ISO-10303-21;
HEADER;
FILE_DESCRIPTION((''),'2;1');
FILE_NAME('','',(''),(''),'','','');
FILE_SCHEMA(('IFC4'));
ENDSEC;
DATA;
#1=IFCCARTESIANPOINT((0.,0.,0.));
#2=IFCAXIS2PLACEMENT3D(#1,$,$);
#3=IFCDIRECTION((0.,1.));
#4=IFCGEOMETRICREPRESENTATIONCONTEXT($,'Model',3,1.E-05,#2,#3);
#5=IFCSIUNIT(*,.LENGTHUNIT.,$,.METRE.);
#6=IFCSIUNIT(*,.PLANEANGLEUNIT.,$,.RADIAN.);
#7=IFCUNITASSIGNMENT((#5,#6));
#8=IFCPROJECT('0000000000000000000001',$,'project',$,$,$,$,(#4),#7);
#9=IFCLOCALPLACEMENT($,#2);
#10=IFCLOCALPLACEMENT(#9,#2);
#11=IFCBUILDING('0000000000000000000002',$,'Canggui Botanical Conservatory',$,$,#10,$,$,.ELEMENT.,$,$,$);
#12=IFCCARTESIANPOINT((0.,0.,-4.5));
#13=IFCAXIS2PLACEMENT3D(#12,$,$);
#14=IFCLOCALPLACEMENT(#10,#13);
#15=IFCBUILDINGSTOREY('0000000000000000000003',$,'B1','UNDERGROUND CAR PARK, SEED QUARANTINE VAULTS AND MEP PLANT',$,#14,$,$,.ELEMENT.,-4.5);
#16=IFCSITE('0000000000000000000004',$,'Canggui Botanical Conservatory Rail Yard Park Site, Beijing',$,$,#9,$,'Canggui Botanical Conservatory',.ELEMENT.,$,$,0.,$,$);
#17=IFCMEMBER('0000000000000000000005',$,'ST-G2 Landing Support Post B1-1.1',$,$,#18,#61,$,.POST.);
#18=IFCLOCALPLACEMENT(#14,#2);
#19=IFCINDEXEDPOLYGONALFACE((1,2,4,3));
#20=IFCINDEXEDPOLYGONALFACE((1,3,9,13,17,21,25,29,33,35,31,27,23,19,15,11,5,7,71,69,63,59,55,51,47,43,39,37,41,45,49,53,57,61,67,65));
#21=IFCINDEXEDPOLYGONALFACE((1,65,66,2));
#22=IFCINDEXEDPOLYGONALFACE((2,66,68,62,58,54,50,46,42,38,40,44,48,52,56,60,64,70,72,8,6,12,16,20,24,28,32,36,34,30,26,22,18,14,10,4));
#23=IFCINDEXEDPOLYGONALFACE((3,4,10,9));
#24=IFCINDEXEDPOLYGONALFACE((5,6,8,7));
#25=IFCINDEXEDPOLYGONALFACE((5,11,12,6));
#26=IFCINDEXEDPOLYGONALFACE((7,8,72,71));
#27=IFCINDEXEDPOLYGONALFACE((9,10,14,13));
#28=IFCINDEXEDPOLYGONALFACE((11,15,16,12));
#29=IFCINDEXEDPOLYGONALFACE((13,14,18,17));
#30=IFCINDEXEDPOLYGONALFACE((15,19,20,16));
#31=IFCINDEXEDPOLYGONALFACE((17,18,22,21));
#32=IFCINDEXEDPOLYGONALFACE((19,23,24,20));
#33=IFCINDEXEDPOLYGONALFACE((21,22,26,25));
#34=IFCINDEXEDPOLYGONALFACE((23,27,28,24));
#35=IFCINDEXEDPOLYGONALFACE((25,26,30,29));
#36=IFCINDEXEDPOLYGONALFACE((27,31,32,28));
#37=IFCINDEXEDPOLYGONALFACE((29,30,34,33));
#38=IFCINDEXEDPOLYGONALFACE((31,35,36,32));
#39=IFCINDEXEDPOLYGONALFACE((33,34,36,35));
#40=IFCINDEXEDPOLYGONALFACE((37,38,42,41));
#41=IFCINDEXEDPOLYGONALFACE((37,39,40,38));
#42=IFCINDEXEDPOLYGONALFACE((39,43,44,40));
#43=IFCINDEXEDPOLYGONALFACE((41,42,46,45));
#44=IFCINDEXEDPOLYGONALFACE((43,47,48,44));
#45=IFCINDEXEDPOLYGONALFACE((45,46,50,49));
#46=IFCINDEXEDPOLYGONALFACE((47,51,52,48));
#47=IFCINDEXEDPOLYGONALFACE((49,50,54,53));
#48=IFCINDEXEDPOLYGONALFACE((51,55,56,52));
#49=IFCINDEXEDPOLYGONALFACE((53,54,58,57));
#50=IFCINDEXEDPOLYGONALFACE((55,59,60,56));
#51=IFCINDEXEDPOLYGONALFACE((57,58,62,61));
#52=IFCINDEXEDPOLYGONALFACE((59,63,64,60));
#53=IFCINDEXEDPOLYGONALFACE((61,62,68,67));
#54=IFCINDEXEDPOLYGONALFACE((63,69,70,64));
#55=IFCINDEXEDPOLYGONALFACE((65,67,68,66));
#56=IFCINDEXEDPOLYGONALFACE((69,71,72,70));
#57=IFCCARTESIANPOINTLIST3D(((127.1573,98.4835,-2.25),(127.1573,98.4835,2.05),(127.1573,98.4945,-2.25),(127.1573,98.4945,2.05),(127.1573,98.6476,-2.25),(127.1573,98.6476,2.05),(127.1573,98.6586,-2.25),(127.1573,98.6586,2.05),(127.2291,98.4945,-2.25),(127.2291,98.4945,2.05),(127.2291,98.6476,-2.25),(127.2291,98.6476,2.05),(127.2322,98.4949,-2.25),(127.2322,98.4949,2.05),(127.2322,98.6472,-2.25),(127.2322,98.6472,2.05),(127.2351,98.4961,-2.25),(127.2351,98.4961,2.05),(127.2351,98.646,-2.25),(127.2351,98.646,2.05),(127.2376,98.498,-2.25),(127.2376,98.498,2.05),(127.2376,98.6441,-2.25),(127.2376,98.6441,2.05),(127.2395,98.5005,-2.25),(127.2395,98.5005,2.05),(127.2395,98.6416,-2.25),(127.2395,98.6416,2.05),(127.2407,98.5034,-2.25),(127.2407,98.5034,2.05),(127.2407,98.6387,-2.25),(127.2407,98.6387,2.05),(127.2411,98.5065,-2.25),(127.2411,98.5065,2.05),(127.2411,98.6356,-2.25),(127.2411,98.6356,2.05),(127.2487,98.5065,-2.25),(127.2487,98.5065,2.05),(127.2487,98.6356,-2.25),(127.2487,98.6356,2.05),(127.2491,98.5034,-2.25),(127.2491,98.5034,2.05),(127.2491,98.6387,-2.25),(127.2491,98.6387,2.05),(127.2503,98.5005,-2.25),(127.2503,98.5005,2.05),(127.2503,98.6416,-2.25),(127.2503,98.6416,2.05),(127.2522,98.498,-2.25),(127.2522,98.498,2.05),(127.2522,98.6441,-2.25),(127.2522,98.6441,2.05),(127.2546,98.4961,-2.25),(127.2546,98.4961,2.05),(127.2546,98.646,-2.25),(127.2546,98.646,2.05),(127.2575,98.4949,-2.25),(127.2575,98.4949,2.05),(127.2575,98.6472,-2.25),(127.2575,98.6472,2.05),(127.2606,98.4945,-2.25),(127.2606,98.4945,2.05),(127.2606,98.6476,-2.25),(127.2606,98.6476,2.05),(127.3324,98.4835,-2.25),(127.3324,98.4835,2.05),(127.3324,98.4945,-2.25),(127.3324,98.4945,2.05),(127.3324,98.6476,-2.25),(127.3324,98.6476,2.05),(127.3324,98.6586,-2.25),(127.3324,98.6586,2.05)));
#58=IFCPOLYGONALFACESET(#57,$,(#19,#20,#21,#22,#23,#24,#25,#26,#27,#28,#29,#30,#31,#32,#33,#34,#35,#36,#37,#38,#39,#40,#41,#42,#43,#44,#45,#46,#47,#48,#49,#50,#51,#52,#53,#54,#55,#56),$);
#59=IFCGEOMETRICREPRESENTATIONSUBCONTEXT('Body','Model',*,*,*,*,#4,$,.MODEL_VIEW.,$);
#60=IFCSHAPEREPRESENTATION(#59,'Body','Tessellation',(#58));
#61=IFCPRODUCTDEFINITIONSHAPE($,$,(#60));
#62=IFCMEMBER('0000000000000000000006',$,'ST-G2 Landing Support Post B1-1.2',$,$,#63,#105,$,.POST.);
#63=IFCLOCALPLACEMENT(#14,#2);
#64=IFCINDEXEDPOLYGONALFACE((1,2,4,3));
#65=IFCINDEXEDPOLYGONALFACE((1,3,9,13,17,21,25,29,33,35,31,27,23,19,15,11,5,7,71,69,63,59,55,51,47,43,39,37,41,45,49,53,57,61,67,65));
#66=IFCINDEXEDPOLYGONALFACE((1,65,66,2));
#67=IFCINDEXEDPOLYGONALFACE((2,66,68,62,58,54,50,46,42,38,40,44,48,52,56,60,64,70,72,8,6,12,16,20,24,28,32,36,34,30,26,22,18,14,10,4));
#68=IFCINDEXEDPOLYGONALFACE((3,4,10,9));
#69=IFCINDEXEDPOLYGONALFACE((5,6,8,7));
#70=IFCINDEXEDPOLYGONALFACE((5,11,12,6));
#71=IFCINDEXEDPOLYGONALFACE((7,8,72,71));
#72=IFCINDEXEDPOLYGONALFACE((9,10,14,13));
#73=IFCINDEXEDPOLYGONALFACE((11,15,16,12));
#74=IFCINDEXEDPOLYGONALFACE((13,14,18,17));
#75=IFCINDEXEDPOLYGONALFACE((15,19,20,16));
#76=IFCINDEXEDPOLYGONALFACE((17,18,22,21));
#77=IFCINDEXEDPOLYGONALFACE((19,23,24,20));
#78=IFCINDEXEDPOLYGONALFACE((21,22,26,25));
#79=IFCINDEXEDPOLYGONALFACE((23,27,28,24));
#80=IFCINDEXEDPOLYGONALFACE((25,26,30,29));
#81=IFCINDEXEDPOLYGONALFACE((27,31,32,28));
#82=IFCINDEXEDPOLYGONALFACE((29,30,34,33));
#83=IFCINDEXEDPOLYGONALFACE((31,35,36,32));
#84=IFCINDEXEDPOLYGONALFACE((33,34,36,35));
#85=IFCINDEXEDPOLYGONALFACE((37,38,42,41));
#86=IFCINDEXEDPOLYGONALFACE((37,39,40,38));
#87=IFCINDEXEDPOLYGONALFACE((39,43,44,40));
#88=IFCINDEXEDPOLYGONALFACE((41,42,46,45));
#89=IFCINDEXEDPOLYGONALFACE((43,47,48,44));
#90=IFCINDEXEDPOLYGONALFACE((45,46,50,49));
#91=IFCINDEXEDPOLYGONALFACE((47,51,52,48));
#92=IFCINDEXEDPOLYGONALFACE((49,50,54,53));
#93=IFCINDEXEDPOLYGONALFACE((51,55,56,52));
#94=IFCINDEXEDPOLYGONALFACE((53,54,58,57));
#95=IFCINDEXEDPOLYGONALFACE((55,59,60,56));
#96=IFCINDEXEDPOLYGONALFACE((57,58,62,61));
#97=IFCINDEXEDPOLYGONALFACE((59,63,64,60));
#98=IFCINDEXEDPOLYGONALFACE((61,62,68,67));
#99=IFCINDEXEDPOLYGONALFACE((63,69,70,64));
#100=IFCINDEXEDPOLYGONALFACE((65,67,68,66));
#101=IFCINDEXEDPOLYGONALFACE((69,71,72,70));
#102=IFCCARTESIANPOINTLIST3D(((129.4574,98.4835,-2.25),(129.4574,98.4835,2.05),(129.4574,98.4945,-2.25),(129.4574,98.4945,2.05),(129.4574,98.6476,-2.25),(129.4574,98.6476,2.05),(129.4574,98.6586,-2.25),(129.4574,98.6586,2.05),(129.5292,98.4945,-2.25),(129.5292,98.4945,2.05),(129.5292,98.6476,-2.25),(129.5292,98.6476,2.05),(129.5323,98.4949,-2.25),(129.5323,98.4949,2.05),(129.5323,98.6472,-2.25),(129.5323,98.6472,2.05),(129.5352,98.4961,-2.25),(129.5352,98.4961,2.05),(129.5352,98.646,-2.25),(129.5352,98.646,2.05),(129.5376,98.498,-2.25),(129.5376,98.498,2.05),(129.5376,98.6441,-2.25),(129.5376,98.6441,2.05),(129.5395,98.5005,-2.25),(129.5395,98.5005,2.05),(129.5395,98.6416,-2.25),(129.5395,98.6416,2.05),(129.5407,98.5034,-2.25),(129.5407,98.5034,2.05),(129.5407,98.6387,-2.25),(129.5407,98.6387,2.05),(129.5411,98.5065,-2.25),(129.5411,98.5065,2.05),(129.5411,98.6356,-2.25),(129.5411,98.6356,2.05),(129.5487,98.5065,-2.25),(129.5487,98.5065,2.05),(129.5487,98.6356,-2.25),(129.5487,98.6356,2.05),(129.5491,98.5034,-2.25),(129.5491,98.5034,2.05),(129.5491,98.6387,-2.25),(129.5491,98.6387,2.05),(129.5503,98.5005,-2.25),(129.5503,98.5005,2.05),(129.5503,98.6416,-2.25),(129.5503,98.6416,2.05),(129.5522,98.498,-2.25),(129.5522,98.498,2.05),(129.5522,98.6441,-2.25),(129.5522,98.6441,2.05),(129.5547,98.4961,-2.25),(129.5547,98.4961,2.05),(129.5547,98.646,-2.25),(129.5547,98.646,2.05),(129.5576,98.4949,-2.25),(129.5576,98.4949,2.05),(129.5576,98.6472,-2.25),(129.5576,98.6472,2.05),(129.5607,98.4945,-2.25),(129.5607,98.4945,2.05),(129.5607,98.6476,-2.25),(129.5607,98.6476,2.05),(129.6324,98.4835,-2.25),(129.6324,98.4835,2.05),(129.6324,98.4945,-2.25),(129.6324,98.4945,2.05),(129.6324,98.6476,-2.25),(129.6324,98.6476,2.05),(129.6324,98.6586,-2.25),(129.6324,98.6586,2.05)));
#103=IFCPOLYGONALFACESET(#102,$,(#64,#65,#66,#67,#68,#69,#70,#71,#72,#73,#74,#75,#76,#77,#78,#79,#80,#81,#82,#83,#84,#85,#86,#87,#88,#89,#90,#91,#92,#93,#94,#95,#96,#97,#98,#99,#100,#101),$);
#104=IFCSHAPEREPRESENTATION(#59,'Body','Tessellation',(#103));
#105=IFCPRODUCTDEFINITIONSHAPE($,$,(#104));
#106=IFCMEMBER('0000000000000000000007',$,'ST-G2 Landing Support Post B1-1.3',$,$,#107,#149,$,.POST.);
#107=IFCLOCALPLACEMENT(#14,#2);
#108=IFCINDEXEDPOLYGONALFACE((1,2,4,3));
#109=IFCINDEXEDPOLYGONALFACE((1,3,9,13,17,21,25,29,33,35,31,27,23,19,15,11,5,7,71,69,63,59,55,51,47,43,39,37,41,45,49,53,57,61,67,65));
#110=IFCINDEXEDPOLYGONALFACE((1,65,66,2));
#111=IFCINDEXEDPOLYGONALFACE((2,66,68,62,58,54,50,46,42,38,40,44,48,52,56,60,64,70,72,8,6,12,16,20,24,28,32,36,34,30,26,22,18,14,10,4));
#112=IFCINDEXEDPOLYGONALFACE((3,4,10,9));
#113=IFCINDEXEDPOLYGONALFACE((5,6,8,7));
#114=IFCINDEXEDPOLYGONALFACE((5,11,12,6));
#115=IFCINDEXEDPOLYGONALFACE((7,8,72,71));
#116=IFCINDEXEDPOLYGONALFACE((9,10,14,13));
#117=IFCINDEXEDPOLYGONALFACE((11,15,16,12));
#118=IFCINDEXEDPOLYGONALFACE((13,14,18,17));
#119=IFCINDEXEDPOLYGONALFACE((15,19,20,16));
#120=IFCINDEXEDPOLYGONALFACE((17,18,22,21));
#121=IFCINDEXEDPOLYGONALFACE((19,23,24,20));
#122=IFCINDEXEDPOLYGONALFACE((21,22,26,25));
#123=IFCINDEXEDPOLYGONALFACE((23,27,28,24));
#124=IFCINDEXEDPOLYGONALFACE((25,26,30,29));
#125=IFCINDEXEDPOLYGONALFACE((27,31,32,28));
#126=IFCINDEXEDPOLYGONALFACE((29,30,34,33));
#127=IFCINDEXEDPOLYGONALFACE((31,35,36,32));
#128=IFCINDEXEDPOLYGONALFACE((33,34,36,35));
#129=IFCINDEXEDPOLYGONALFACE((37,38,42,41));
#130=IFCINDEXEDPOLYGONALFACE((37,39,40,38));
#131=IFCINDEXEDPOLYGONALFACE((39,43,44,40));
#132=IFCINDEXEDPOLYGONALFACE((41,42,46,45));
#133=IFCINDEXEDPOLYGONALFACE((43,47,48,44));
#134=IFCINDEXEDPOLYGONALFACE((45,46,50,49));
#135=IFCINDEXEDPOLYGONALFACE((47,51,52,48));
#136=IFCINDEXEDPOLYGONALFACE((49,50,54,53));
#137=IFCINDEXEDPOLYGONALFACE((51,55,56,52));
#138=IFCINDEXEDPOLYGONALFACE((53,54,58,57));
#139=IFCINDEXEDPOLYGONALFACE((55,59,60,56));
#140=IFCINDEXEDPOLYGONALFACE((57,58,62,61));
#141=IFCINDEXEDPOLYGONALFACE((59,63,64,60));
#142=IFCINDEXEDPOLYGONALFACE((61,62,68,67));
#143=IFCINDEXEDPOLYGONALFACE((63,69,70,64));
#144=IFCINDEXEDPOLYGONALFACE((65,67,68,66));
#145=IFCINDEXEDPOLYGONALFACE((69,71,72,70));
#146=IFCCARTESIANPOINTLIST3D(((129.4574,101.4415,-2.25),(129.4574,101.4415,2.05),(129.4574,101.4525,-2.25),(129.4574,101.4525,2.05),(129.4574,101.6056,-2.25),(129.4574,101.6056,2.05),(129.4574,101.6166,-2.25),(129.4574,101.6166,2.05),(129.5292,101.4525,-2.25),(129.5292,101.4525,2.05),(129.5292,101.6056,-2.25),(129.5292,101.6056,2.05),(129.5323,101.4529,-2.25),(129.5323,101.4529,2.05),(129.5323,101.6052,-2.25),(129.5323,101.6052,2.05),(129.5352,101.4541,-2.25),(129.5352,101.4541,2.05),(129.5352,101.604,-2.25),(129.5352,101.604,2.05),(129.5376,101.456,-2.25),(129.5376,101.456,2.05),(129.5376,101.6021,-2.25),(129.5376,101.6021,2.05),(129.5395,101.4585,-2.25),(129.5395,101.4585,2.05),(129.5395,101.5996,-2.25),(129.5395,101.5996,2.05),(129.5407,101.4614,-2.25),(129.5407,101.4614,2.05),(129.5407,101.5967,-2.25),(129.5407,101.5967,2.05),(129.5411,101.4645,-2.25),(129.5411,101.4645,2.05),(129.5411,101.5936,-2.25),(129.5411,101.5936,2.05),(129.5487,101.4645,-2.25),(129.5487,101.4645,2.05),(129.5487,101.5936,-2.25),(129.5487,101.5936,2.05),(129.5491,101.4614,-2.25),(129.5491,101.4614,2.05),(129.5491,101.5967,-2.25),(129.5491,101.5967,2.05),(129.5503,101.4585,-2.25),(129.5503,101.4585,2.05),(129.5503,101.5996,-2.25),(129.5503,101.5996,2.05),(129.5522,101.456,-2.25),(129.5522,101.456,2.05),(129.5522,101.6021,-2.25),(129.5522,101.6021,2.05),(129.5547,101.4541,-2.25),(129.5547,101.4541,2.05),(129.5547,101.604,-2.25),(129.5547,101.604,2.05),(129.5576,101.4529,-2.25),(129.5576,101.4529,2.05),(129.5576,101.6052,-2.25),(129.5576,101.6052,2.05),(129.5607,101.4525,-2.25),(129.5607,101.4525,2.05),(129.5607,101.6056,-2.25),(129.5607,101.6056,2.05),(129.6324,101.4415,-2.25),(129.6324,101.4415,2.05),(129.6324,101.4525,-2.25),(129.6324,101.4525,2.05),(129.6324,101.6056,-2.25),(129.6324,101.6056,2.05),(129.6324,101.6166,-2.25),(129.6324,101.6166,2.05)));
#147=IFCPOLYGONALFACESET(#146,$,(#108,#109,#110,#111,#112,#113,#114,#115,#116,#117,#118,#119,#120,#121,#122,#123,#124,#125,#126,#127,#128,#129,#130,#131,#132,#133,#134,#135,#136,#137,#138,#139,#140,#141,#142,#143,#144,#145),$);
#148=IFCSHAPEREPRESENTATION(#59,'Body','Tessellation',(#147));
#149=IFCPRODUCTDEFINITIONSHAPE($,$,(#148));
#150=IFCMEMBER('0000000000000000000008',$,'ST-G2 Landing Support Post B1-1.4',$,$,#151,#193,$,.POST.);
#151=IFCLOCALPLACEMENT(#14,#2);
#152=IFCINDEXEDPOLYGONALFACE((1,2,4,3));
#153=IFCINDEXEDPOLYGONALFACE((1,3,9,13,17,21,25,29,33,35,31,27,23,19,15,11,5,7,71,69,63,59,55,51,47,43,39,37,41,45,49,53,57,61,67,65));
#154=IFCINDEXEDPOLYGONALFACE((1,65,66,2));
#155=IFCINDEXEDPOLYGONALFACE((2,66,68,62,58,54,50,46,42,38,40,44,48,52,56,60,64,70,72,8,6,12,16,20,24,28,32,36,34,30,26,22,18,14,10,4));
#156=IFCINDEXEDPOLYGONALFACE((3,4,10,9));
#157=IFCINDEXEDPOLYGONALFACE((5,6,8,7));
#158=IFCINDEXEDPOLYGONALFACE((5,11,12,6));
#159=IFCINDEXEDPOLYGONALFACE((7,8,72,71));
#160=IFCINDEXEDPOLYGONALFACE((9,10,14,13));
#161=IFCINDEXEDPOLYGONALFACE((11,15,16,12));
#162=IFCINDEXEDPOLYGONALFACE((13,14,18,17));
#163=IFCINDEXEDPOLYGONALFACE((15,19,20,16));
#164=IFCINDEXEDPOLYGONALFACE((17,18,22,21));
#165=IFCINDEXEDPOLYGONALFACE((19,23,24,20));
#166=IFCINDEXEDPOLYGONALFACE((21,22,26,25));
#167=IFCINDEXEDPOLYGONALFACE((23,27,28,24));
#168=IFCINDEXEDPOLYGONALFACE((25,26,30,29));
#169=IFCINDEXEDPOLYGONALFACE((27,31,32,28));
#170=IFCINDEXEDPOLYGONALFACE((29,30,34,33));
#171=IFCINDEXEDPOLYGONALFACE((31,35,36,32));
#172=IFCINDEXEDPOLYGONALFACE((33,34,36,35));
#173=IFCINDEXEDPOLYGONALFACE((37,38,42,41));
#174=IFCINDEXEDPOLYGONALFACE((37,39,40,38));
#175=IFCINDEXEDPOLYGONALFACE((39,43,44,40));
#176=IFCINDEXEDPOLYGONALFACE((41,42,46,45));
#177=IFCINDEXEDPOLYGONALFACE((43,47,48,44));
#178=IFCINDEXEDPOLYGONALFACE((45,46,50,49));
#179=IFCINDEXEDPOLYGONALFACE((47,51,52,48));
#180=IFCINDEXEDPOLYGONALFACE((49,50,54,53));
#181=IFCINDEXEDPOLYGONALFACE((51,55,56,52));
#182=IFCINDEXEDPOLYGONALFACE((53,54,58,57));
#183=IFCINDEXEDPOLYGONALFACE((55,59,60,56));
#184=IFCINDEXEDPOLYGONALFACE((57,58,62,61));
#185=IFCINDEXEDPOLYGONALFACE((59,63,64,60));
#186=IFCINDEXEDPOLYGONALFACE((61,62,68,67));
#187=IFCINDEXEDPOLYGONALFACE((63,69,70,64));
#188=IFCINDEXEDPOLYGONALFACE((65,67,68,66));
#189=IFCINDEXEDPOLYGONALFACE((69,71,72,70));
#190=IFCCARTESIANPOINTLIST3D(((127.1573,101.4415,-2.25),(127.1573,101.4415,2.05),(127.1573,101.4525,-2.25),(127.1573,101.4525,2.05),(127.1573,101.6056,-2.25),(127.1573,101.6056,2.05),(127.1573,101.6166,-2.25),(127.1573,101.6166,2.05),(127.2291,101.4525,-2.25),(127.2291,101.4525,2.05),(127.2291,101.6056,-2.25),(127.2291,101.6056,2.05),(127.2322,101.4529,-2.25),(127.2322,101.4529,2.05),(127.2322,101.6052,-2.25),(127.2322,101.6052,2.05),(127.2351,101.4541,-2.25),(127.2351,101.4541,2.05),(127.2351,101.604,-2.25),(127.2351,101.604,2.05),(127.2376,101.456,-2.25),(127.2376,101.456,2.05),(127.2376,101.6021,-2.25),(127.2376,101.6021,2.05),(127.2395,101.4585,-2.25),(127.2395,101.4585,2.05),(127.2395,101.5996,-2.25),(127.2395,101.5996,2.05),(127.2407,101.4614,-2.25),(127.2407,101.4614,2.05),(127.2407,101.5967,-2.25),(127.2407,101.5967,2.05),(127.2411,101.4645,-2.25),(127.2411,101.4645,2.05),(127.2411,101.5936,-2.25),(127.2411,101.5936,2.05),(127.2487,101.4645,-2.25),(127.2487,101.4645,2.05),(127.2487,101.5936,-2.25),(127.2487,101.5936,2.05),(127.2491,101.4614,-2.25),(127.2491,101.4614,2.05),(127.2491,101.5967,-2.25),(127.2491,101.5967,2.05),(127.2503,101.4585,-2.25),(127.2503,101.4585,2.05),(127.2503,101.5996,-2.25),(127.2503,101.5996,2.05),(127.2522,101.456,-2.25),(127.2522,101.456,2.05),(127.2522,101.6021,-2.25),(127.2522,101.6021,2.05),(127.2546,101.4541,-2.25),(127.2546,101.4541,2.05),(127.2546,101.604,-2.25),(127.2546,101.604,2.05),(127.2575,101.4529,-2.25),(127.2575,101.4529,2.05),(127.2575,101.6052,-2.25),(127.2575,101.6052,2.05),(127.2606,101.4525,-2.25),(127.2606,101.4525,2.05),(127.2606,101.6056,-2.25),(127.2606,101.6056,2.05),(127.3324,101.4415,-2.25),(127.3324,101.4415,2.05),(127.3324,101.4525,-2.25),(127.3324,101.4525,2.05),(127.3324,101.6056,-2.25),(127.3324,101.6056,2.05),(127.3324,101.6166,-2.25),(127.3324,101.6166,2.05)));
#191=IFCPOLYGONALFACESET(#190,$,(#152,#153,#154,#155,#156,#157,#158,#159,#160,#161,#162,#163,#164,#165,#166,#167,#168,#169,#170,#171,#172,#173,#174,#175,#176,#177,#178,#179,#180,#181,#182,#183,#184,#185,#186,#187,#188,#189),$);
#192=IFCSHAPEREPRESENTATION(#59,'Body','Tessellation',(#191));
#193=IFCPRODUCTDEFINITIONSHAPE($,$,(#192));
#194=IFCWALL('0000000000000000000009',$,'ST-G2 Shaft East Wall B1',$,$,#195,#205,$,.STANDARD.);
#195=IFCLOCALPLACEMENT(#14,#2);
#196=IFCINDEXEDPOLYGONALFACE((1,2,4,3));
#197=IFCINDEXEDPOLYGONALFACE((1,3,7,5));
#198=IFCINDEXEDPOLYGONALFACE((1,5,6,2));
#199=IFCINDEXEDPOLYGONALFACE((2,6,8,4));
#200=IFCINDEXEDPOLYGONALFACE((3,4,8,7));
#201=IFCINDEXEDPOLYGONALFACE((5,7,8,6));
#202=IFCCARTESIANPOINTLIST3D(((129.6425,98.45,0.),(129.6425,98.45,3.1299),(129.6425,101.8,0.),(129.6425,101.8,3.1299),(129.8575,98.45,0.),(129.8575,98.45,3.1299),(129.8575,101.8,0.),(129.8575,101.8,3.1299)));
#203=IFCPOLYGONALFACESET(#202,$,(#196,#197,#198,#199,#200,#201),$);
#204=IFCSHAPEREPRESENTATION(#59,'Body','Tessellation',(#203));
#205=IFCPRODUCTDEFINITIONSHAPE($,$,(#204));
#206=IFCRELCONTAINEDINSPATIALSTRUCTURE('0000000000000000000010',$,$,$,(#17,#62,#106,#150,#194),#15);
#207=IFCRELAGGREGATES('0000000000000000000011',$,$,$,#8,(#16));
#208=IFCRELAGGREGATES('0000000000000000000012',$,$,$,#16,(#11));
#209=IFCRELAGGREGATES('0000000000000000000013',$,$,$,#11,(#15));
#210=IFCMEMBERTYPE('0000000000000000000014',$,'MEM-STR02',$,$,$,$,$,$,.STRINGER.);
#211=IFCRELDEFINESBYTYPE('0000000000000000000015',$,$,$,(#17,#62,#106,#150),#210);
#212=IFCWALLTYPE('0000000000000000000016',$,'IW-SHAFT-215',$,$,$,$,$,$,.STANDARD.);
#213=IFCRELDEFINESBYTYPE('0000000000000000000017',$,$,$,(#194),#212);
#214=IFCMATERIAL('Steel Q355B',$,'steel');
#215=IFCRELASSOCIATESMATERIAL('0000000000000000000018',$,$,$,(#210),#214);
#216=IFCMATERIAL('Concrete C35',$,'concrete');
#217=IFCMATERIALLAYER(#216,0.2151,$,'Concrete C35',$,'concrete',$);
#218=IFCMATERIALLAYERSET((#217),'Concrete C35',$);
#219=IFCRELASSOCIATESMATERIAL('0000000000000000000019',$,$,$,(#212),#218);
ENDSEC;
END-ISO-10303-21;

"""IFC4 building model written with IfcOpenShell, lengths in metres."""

from ifc_helpers import new_model, si_unit, direction, frame, frame_2d, origin, origin_2d, place, context, subcontext, project, spatial, rectangle, i_section, extrude, material, layer, layer_set, material_profile, profile_set, type_object, element, save


model = new_model("IFC4")

# Units and contexts
model_context = context("Model", 3, precision=1e-05, world=origin(), true_north=direction((0.0, 1.0)))
body_context = subcontext(model_context, "Body", "Model", "MODEL_VIEW")
ifc_project = project(units=[si_unit("LENGTHUNIT", "METRE"), si_unit("PLANEANGLEUNIT", "RADIAN")], contexts=[model_context])

# Site, building, storey
site_placement = place(None, origin())
site = spatial("IfcSite", under=ifc_project, at=site_placement, Name="Canggui Botanical Conservatory Rail Yard Park Site, Beijing", LongName="Canggui Botanical Conservatory", CompositionType="ELEMENT", RefElevation=0.0)
building_placement = place(site_placement, origin())
building = spatial("IfcBuilding", under=site, at=building_placement, Name="Canggui Botanical Conservatory", CompositionType="ELEMENT")
storey_placement = place(building_placement, frame((0.0, 0.0, -4.5)))
storey = spatial("IfcBuildingStorey", under=building, at=storey_placement, Name="B1", Description="UNDERGROUND CAR PARK, SEED QUARANTINE VAULTS AND MEP PLANT", CompositionType="ELEMENT", Elevation=-4.5)

# Shared definitions
ifc_material_1 = material(Name="Concrete C35", Category="concrete")

# Members
ifc_material_2 = material(Name="Steel Q355B", Category="steel")
ifc_material_profile_1 = material_profile(ifc_material_2, i_section(OverallWidth=0.175, OverallDepth=0.175, WebThickness=0.0076, FlangeThickness=0.011, FilletRadius=0.012, at=origin_2d()), Name="HW 175x175x7.5x11")
ifc_profile_set_1 = profile_set([ifc_material_profile_1], Name="Steel Q355B")
member_type = type_object("IfcMemberType", Name="MEM-STR02", PredefinedType="STRINGER", material=ifc_profile_set_1)
for number, where, z_axis, x_axis, name in (
    (1, (127.2449, 98.571, -2.25), (0.0, 0.0, 1.0), (1.0, 0.0, 0.0), "ST-G2 Landing Support Post B1-1.1"),
    (2, (129.5449, 98.571, -2.25), (0.0, 0.0, 1.0), (1.0, 0.0, 0.0), "ST-G2 Landing Support Post B1-1.2"),
    (3, (129.5449, 101.5291, -2.25), (0.0, 0.0, 1.0), (1.0, 0.0, 0.0), "ST-G2 Landing Support Post B1-1.3"),
    (4, (127.2449, 101.5291, -2.25), (0.0, 0.0, 1.0), (1.0, 0.0, 0.0), "ST-G2 Landing Support Post B1-1.4"),
):
    element("IfcMember", number, at=place(storey_placement, frame(where, z_axis=z_axis, x_axis=x_axis)), inside=storey, type_object=member_type, Name=name, PredefinedType="POST", context=body_context, shape_type="SweptSolid", body=[
        extrude(i_section(OverallWidth=0.175, OverallDepth=0.175, WebThickness=0.0076, FlangeThickness=0.011, FilletRadius=0.012, at=origin_2d()), origin(), (0.0, 0.0, 1.0), 4.3),
    ])

# Wall
ifc_layer = layer(ifc_material_1, 0.2151, Name="Concrete C35", Category="concrete")
ifc_layer_set = layer_set([ifc_layer], Name="Concrete C35")
wall_type = type_object("IfcWallType", Name="IW-SHAFT-215", PredefinedType="STANDARD", material=ifc_layer_set)
wall_1_placement = place(storey_placement, frame((129.75, 98.45, 0.0), z_axis=(0.0, 0.0, 1.0), x_axis=(0.0, 1.0, 0.0)))
element("IfcWall", 5, at=wall_1_placement, inside=storey, type_object=wall_type, Name="ST-G2 Shaft East Wall B1", PredefinedType="STANDARD", context=body_context, shape_type="SweptSolid", body=[
    extrude(rectangle(XDim=3.3501, YDim=0.2151, at=frame_2d((1.675, 0.0))), origin(), (0.0, 0.0, 1.0), 3.1299),
])

save(model, "model.ifc")
